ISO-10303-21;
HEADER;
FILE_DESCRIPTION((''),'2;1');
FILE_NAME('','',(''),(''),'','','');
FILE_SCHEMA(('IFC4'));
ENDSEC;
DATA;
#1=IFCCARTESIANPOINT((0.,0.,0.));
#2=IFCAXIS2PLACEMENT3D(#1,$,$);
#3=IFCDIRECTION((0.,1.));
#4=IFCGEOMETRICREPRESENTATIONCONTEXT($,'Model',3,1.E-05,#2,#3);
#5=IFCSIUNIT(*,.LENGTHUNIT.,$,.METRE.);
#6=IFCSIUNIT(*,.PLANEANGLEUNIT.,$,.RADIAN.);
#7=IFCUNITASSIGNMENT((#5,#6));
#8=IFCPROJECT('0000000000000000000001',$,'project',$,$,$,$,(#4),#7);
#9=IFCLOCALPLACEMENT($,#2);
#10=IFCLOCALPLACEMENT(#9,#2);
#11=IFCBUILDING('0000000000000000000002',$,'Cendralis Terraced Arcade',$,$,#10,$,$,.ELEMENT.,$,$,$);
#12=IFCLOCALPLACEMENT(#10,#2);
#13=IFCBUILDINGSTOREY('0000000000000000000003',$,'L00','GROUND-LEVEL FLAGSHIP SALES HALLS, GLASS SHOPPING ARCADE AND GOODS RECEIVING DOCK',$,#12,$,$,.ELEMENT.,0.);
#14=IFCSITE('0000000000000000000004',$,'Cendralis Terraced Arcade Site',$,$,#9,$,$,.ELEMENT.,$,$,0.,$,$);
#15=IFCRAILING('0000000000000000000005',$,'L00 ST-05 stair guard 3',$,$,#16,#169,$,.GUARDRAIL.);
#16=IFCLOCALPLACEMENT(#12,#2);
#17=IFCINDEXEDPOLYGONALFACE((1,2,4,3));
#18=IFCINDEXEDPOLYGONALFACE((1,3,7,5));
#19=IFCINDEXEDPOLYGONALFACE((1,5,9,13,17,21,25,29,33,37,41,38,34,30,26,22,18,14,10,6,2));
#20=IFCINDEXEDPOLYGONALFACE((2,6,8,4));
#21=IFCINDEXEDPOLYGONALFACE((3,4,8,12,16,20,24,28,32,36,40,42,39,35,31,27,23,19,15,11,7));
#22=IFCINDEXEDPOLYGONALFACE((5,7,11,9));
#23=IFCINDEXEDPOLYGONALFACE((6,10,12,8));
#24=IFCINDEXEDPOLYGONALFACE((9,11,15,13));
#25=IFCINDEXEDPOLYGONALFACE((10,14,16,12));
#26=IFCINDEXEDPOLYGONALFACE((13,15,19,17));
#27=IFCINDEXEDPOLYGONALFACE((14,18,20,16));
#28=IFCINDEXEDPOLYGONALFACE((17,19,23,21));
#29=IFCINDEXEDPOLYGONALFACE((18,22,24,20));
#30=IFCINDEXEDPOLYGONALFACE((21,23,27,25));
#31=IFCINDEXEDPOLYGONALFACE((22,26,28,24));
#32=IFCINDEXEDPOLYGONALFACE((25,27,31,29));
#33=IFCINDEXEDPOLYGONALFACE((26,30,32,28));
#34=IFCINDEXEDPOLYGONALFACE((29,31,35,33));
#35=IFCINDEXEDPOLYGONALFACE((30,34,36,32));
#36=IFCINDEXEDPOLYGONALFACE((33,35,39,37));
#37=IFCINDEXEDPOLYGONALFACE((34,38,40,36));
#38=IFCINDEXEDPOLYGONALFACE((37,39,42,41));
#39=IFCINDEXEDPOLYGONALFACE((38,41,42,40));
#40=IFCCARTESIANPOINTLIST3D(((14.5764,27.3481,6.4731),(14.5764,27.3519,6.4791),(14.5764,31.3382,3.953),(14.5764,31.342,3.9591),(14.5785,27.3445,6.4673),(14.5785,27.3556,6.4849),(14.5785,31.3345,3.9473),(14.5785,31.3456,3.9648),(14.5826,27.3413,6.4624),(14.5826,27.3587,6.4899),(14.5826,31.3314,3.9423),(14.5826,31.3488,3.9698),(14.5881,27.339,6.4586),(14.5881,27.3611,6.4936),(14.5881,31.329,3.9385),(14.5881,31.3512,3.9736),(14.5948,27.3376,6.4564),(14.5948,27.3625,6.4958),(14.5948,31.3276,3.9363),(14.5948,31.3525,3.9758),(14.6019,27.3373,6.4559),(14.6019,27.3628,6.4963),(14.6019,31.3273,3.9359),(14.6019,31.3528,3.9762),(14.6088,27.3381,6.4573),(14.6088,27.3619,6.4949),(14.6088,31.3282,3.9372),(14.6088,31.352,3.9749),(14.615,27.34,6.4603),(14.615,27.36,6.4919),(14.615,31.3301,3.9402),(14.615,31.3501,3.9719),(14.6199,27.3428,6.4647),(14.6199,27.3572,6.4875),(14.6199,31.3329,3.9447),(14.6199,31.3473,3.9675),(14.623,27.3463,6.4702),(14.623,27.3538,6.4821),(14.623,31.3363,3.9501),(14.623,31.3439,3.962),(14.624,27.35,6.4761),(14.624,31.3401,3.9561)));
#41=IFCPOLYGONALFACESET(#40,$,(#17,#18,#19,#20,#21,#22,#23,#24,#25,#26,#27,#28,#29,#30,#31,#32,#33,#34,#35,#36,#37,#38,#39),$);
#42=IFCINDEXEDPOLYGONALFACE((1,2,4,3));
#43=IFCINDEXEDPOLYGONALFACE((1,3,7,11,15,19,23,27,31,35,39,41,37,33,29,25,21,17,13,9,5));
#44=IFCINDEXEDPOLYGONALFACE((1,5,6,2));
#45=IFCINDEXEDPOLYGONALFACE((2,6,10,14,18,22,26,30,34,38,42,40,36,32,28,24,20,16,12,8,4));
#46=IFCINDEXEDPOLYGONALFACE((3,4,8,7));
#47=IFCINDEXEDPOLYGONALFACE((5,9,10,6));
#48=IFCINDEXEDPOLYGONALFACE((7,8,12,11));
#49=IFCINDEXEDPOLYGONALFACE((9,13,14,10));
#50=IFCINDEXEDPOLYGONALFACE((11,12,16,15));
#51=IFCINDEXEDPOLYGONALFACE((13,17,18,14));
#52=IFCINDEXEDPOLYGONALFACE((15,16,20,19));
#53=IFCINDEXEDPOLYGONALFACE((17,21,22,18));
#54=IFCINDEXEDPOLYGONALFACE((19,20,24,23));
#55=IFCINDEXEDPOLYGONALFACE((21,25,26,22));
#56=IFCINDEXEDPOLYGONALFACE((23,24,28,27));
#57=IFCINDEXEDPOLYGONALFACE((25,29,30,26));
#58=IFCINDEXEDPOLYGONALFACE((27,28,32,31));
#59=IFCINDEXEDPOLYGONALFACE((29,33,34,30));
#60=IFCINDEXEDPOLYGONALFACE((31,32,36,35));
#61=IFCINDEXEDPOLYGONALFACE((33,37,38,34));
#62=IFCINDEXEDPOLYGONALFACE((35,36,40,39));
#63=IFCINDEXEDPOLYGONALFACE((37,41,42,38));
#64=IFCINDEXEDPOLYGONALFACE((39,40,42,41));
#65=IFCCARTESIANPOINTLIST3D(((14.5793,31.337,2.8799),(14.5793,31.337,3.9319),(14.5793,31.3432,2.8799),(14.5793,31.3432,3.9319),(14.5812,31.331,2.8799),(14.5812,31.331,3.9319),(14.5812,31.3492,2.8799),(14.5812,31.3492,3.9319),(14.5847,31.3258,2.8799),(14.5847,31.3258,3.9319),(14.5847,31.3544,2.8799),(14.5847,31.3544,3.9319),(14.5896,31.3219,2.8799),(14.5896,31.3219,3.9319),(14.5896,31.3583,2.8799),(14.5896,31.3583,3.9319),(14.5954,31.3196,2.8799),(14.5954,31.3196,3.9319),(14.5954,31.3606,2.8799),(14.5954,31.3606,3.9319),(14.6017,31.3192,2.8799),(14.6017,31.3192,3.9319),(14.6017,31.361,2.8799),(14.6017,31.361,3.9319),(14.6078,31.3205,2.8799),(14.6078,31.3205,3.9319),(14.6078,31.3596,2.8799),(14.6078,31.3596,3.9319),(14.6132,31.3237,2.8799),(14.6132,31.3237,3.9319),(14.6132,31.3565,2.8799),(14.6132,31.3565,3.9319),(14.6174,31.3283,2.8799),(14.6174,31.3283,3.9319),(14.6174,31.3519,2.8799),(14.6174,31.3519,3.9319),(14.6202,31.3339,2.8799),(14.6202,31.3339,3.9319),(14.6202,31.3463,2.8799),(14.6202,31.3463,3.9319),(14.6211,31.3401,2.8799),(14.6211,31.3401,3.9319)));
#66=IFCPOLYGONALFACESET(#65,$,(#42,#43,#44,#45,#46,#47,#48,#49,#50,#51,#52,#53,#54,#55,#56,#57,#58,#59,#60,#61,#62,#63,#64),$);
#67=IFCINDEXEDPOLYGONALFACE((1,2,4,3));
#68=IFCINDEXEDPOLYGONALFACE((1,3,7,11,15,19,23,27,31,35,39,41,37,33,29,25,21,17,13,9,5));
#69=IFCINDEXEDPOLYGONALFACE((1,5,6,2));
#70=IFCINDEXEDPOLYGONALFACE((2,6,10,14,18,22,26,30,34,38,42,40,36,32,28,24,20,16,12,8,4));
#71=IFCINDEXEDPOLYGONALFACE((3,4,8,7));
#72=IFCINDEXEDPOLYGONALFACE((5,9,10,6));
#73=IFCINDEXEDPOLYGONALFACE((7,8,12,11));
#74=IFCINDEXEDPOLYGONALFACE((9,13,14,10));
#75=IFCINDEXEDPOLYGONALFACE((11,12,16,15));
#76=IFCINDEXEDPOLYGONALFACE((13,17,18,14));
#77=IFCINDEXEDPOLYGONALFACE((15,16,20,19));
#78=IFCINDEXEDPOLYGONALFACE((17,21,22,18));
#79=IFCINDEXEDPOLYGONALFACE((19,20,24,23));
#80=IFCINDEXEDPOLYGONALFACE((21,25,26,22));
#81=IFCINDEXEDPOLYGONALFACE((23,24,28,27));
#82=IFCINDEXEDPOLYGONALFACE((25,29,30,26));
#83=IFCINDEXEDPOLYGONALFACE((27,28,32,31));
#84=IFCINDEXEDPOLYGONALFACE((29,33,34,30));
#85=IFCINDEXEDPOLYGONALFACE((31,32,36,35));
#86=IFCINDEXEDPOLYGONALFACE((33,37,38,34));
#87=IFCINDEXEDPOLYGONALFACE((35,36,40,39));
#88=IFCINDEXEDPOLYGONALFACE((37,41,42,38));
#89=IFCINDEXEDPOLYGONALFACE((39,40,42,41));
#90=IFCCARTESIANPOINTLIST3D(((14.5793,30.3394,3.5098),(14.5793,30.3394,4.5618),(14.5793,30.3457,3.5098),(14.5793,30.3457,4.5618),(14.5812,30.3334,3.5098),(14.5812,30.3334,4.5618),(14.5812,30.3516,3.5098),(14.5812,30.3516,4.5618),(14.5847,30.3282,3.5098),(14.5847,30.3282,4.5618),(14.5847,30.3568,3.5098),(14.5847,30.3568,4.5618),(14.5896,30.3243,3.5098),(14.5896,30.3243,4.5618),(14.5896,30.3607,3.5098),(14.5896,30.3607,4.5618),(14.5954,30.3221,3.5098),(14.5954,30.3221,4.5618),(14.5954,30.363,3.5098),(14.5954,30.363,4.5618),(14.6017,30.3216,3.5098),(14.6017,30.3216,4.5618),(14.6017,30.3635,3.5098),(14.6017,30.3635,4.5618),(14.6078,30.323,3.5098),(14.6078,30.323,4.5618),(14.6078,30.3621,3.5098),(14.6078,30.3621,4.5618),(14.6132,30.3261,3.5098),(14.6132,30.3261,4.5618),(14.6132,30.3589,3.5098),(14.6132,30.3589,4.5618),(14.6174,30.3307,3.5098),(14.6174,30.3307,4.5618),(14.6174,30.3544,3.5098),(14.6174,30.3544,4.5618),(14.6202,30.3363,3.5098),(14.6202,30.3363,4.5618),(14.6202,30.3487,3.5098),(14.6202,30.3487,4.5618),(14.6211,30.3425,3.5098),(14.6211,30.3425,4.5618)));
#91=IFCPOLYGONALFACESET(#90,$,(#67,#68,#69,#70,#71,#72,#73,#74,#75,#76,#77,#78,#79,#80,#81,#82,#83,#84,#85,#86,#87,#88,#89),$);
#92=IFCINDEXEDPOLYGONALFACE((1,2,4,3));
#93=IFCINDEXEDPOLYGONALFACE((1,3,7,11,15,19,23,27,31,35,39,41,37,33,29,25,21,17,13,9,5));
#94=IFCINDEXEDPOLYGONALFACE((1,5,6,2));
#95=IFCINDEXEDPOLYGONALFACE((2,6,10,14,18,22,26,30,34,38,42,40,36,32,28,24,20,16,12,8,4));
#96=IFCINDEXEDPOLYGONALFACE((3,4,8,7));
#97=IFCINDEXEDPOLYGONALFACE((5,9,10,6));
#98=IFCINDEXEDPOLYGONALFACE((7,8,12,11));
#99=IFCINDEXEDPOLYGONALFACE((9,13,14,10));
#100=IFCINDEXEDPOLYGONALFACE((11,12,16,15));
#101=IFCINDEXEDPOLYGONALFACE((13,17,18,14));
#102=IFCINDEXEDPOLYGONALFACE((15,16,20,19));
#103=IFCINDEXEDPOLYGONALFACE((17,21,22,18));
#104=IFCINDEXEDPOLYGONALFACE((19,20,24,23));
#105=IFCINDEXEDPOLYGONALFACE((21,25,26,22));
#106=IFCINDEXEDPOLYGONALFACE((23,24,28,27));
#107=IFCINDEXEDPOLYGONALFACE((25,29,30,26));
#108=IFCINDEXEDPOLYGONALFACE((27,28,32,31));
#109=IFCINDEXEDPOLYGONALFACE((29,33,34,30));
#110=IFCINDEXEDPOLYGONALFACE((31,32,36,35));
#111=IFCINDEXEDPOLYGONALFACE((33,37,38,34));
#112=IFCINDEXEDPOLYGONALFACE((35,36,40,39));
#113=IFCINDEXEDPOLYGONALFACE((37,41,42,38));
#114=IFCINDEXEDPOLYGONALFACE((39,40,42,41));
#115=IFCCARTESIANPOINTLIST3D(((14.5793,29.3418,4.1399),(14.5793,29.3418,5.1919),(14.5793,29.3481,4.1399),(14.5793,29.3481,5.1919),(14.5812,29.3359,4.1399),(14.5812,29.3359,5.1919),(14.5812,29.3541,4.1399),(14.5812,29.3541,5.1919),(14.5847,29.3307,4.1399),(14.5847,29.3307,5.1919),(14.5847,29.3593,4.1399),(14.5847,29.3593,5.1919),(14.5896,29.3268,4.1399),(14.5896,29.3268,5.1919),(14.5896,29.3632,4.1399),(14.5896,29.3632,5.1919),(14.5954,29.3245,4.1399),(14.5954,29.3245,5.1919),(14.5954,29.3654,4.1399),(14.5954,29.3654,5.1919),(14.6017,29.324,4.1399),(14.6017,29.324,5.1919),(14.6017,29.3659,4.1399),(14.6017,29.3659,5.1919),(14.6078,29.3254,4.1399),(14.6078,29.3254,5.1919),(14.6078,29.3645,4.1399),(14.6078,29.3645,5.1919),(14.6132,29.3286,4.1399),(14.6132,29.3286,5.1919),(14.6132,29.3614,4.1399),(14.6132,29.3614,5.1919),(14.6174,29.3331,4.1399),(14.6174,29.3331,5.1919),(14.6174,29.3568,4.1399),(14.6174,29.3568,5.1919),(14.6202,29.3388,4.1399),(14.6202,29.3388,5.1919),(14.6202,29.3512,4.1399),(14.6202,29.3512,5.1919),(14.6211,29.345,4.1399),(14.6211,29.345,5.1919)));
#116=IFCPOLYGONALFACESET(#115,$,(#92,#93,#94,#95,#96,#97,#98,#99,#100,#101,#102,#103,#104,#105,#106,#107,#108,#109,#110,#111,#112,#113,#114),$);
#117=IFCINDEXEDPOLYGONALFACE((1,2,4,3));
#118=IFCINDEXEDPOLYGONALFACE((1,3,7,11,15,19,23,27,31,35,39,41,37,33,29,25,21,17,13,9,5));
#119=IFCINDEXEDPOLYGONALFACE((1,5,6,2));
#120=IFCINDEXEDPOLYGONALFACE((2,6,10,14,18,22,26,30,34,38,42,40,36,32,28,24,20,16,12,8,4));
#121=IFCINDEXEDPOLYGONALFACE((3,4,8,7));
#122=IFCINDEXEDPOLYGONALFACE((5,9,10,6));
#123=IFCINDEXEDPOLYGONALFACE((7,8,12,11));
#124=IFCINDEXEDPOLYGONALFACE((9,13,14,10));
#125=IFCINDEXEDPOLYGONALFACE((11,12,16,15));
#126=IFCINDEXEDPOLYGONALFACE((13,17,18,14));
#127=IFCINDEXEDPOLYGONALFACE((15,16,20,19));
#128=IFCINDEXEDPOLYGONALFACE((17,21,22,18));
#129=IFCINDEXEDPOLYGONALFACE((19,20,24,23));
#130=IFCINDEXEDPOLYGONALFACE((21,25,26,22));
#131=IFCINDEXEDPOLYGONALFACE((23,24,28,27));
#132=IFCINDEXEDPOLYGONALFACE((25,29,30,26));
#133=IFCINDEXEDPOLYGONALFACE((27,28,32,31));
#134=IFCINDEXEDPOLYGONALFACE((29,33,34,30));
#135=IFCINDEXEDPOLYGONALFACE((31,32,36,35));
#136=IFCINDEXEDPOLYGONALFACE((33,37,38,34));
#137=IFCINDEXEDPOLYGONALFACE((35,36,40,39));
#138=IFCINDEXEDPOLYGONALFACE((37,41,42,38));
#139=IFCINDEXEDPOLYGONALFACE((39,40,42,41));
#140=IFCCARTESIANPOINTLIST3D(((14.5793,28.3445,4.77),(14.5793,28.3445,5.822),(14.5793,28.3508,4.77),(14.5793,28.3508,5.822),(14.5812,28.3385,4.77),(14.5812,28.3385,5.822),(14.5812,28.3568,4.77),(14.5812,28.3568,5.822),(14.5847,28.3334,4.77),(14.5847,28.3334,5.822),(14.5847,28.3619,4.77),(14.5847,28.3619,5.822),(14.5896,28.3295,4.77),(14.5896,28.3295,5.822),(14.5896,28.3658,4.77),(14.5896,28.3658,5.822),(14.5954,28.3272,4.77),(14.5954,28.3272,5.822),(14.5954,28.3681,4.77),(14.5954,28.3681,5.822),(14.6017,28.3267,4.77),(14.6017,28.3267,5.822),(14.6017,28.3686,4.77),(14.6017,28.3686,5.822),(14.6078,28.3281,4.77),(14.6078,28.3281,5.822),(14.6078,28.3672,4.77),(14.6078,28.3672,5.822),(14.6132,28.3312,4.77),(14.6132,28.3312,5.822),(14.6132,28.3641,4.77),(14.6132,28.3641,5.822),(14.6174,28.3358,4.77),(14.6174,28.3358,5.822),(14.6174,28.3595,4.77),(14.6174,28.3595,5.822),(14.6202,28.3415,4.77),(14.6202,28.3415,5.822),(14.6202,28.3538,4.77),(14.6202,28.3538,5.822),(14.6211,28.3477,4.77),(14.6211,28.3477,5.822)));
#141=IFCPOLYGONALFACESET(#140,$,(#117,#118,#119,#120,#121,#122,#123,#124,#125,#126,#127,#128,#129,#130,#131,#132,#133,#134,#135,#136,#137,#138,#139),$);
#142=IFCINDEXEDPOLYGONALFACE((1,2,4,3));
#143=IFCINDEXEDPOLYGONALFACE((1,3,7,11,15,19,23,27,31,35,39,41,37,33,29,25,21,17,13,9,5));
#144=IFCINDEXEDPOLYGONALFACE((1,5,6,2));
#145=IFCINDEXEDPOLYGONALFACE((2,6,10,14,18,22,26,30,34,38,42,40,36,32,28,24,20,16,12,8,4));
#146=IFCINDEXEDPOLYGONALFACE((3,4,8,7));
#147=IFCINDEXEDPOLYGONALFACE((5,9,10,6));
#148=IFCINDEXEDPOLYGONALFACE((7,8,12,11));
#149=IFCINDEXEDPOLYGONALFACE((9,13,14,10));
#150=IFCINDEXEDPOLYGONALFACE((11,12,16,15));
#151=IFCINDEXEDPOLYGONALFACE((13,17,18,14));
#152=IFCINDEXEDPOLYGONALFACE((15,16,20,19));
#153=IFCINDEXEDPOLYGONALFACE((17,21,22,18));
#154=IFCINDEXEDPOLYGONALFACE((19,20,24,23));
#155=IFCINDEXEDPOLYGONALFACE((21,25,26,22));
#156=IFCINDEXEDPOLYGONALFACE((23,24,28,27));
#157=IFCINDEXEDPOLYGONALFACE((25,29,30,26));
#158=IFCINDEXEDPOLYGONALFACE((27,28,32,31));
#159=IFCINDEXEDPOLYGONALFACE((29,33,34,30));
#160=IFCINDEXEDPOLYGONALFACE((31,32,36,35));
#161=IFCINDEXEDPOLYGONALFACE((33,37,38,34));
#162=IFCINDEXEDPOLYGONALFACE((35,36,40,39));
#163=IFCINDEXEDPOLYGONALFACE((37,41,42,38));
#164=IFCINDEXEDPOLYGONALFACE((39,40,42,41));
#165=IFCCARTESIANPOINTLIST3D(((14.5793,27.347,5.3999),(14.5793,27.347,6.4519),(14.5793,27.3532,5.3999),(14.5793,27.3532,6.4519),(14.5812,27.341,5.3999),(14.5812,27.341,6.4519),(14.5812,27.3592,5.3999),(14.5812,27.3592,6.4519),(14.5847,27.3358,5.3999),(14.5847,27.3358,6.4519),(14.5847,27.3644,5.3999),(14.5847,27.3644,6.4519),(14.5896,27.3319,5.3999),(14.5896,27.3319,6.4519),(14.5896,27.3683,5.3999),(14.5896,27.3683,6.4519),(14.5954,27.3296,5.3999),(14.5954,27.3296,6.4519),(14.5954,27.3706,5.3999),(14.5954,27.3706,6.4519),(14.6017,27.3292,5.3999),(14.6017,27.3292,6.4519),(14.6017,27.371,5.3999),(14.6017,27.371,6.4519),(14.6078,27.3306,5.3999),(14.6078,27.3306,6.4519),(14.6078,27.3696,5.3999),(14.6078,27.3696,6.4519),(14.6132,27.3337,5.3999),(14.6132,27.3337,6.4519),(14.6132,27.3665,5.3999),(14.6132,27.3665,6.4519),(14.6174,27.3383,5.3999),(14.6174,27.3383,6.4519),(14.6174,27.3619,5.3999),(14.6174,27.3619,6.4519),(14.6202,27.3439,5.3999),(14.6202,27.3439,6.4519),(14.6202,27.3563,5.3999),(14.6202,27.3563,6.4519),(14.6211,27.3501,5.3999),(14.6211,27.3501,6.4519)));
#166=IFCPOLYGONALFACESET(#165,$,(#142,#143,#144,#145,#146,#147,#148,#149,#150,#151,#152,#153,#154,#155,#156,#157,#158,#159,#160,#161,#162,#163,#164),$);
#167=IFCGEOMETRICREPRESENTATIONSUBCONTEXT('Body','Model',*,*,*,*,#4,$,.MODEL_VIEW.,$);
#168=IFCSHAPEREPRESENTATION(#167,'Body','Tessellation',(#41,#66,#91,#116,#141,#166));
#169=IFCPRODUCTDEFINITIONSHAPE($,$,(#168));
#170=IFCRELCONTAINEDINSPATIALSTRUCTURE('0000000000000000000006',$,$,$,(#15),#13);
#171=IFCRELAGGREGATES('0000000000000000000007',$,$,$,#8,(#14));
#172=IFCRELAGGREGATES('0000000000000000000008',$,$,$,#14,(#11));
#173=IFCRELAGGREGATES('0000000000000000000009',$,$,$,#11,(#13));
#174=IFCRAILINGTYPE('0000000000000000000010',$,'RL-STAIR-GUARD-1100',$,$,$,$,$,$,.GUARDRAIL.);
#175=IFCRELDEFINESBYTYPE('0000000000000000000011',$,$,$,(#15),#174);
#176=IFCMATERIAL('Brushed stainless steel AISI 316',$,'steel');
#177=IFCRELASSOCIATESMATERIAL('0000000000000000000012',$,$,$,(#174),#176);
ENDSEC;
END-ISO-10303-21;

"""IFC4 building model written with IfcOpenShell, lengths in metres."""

from ifc_helpers import new_model, si_unit, direction, frame, origin, origin_2d, place, context, subcontext, project, spatial, circle, extrude, material, type_object, element, save


model = new_model("IFC4")

# Units and contexts
model_context = context("Model", 3, precision=1e-05, world=origin(), true_north=direction((0.0, 1.0)))
body_context = subcontext(model_context, "Body", "Model", "MODEL_VIEW")
ifc_project = project(units=[si_unit("LENGTHUNIT", "METRE"), si_unit("PLANEANGLEUNIT", "RADIAN")], contexts=[model_context])

# Site, building, storey
site_placement = place(None, origin())
site = spatial("IfcSite", under=ifc_project, at=site_placement, Name="Cendralis Terraced Arcade Site", CompositionType="ELEMENT", RefElevation=0.0)
building_placement = place(site_placement, origin())
building = spatial("IfcBuilding", under=site, at=building_placement, Name="Cendralis Terraced Arcade", CompositionType="ELEMENT")
storey_placement = place(building_placement, origin())
storey = spatial("IfcBuildingStorey", under=building, at=storey_placement, Name="L00", Description="GROUND-LEVEL FLAGSHIP SALES HALLS, GLASS SHOPPING ARCADE AND GOODS RECEIVING DOCK", CompositionType="ELEMENT", Elevation=0.0)

# Railing
ifc_material_1 = material(Name="Brushed stainless steel AISI 316", Category="steel")
railing_type_1 = type_object("IfcRailingType", Name="RL-STAIR-GUARD-1100", PredefinedType="GUARDRAIL", material=ifc_material_1)
railing_1_placement = place(storey_placement, frame((14.6001, 31.3401, 2.8799)))
element("IfcRailing", 1, at=railing_1_placement, inside=storey, type_object=railing_type_1, Name="L00 ST-05 stair guard 3", PredefinedType="GUARDRAIL", context=body_context, shape_type="SweptSolid", body=[
    extrude(circle(Radius=0.0239, at=origin_2d()), frame((0.0, 0.0, 1.0762), z_axis=(0.0, -0.845486, 0.533997), x_axis=(1.0, 0.0, 0.0)), (0.0, 0.0, 1.0), 4.7192),
    extrude(circle(Radius=0.021, at=origin_2d()), origin(), (0.0, 0.0, 1.0), 1.052),
    extrude(circle(Radius=0.021, at=origin_2d()), frame((0.0, -0.9976, 0.6299)), (0.0, 0.0, 1.0), 1.052),
    extrude(circle(Radius=0.021, at=origin_2d()), frame((0.0, -1.9951, 1.26)), (0.0, 0.0, 1.0), 1.052),
    extrude(circle(Radius=0.021, at=origin_2d()), frame((0.0, -2.9924, 1.8901)), (0.0, 0.0, 1.0), 1.052),
    extrude(circle(Radius=0.021, at=origin_2d()), frame((0.0, -3.99, 2.52)), (0.0, 0.0, 1.0), 1.052),
])

save(model, "model.ifc")
